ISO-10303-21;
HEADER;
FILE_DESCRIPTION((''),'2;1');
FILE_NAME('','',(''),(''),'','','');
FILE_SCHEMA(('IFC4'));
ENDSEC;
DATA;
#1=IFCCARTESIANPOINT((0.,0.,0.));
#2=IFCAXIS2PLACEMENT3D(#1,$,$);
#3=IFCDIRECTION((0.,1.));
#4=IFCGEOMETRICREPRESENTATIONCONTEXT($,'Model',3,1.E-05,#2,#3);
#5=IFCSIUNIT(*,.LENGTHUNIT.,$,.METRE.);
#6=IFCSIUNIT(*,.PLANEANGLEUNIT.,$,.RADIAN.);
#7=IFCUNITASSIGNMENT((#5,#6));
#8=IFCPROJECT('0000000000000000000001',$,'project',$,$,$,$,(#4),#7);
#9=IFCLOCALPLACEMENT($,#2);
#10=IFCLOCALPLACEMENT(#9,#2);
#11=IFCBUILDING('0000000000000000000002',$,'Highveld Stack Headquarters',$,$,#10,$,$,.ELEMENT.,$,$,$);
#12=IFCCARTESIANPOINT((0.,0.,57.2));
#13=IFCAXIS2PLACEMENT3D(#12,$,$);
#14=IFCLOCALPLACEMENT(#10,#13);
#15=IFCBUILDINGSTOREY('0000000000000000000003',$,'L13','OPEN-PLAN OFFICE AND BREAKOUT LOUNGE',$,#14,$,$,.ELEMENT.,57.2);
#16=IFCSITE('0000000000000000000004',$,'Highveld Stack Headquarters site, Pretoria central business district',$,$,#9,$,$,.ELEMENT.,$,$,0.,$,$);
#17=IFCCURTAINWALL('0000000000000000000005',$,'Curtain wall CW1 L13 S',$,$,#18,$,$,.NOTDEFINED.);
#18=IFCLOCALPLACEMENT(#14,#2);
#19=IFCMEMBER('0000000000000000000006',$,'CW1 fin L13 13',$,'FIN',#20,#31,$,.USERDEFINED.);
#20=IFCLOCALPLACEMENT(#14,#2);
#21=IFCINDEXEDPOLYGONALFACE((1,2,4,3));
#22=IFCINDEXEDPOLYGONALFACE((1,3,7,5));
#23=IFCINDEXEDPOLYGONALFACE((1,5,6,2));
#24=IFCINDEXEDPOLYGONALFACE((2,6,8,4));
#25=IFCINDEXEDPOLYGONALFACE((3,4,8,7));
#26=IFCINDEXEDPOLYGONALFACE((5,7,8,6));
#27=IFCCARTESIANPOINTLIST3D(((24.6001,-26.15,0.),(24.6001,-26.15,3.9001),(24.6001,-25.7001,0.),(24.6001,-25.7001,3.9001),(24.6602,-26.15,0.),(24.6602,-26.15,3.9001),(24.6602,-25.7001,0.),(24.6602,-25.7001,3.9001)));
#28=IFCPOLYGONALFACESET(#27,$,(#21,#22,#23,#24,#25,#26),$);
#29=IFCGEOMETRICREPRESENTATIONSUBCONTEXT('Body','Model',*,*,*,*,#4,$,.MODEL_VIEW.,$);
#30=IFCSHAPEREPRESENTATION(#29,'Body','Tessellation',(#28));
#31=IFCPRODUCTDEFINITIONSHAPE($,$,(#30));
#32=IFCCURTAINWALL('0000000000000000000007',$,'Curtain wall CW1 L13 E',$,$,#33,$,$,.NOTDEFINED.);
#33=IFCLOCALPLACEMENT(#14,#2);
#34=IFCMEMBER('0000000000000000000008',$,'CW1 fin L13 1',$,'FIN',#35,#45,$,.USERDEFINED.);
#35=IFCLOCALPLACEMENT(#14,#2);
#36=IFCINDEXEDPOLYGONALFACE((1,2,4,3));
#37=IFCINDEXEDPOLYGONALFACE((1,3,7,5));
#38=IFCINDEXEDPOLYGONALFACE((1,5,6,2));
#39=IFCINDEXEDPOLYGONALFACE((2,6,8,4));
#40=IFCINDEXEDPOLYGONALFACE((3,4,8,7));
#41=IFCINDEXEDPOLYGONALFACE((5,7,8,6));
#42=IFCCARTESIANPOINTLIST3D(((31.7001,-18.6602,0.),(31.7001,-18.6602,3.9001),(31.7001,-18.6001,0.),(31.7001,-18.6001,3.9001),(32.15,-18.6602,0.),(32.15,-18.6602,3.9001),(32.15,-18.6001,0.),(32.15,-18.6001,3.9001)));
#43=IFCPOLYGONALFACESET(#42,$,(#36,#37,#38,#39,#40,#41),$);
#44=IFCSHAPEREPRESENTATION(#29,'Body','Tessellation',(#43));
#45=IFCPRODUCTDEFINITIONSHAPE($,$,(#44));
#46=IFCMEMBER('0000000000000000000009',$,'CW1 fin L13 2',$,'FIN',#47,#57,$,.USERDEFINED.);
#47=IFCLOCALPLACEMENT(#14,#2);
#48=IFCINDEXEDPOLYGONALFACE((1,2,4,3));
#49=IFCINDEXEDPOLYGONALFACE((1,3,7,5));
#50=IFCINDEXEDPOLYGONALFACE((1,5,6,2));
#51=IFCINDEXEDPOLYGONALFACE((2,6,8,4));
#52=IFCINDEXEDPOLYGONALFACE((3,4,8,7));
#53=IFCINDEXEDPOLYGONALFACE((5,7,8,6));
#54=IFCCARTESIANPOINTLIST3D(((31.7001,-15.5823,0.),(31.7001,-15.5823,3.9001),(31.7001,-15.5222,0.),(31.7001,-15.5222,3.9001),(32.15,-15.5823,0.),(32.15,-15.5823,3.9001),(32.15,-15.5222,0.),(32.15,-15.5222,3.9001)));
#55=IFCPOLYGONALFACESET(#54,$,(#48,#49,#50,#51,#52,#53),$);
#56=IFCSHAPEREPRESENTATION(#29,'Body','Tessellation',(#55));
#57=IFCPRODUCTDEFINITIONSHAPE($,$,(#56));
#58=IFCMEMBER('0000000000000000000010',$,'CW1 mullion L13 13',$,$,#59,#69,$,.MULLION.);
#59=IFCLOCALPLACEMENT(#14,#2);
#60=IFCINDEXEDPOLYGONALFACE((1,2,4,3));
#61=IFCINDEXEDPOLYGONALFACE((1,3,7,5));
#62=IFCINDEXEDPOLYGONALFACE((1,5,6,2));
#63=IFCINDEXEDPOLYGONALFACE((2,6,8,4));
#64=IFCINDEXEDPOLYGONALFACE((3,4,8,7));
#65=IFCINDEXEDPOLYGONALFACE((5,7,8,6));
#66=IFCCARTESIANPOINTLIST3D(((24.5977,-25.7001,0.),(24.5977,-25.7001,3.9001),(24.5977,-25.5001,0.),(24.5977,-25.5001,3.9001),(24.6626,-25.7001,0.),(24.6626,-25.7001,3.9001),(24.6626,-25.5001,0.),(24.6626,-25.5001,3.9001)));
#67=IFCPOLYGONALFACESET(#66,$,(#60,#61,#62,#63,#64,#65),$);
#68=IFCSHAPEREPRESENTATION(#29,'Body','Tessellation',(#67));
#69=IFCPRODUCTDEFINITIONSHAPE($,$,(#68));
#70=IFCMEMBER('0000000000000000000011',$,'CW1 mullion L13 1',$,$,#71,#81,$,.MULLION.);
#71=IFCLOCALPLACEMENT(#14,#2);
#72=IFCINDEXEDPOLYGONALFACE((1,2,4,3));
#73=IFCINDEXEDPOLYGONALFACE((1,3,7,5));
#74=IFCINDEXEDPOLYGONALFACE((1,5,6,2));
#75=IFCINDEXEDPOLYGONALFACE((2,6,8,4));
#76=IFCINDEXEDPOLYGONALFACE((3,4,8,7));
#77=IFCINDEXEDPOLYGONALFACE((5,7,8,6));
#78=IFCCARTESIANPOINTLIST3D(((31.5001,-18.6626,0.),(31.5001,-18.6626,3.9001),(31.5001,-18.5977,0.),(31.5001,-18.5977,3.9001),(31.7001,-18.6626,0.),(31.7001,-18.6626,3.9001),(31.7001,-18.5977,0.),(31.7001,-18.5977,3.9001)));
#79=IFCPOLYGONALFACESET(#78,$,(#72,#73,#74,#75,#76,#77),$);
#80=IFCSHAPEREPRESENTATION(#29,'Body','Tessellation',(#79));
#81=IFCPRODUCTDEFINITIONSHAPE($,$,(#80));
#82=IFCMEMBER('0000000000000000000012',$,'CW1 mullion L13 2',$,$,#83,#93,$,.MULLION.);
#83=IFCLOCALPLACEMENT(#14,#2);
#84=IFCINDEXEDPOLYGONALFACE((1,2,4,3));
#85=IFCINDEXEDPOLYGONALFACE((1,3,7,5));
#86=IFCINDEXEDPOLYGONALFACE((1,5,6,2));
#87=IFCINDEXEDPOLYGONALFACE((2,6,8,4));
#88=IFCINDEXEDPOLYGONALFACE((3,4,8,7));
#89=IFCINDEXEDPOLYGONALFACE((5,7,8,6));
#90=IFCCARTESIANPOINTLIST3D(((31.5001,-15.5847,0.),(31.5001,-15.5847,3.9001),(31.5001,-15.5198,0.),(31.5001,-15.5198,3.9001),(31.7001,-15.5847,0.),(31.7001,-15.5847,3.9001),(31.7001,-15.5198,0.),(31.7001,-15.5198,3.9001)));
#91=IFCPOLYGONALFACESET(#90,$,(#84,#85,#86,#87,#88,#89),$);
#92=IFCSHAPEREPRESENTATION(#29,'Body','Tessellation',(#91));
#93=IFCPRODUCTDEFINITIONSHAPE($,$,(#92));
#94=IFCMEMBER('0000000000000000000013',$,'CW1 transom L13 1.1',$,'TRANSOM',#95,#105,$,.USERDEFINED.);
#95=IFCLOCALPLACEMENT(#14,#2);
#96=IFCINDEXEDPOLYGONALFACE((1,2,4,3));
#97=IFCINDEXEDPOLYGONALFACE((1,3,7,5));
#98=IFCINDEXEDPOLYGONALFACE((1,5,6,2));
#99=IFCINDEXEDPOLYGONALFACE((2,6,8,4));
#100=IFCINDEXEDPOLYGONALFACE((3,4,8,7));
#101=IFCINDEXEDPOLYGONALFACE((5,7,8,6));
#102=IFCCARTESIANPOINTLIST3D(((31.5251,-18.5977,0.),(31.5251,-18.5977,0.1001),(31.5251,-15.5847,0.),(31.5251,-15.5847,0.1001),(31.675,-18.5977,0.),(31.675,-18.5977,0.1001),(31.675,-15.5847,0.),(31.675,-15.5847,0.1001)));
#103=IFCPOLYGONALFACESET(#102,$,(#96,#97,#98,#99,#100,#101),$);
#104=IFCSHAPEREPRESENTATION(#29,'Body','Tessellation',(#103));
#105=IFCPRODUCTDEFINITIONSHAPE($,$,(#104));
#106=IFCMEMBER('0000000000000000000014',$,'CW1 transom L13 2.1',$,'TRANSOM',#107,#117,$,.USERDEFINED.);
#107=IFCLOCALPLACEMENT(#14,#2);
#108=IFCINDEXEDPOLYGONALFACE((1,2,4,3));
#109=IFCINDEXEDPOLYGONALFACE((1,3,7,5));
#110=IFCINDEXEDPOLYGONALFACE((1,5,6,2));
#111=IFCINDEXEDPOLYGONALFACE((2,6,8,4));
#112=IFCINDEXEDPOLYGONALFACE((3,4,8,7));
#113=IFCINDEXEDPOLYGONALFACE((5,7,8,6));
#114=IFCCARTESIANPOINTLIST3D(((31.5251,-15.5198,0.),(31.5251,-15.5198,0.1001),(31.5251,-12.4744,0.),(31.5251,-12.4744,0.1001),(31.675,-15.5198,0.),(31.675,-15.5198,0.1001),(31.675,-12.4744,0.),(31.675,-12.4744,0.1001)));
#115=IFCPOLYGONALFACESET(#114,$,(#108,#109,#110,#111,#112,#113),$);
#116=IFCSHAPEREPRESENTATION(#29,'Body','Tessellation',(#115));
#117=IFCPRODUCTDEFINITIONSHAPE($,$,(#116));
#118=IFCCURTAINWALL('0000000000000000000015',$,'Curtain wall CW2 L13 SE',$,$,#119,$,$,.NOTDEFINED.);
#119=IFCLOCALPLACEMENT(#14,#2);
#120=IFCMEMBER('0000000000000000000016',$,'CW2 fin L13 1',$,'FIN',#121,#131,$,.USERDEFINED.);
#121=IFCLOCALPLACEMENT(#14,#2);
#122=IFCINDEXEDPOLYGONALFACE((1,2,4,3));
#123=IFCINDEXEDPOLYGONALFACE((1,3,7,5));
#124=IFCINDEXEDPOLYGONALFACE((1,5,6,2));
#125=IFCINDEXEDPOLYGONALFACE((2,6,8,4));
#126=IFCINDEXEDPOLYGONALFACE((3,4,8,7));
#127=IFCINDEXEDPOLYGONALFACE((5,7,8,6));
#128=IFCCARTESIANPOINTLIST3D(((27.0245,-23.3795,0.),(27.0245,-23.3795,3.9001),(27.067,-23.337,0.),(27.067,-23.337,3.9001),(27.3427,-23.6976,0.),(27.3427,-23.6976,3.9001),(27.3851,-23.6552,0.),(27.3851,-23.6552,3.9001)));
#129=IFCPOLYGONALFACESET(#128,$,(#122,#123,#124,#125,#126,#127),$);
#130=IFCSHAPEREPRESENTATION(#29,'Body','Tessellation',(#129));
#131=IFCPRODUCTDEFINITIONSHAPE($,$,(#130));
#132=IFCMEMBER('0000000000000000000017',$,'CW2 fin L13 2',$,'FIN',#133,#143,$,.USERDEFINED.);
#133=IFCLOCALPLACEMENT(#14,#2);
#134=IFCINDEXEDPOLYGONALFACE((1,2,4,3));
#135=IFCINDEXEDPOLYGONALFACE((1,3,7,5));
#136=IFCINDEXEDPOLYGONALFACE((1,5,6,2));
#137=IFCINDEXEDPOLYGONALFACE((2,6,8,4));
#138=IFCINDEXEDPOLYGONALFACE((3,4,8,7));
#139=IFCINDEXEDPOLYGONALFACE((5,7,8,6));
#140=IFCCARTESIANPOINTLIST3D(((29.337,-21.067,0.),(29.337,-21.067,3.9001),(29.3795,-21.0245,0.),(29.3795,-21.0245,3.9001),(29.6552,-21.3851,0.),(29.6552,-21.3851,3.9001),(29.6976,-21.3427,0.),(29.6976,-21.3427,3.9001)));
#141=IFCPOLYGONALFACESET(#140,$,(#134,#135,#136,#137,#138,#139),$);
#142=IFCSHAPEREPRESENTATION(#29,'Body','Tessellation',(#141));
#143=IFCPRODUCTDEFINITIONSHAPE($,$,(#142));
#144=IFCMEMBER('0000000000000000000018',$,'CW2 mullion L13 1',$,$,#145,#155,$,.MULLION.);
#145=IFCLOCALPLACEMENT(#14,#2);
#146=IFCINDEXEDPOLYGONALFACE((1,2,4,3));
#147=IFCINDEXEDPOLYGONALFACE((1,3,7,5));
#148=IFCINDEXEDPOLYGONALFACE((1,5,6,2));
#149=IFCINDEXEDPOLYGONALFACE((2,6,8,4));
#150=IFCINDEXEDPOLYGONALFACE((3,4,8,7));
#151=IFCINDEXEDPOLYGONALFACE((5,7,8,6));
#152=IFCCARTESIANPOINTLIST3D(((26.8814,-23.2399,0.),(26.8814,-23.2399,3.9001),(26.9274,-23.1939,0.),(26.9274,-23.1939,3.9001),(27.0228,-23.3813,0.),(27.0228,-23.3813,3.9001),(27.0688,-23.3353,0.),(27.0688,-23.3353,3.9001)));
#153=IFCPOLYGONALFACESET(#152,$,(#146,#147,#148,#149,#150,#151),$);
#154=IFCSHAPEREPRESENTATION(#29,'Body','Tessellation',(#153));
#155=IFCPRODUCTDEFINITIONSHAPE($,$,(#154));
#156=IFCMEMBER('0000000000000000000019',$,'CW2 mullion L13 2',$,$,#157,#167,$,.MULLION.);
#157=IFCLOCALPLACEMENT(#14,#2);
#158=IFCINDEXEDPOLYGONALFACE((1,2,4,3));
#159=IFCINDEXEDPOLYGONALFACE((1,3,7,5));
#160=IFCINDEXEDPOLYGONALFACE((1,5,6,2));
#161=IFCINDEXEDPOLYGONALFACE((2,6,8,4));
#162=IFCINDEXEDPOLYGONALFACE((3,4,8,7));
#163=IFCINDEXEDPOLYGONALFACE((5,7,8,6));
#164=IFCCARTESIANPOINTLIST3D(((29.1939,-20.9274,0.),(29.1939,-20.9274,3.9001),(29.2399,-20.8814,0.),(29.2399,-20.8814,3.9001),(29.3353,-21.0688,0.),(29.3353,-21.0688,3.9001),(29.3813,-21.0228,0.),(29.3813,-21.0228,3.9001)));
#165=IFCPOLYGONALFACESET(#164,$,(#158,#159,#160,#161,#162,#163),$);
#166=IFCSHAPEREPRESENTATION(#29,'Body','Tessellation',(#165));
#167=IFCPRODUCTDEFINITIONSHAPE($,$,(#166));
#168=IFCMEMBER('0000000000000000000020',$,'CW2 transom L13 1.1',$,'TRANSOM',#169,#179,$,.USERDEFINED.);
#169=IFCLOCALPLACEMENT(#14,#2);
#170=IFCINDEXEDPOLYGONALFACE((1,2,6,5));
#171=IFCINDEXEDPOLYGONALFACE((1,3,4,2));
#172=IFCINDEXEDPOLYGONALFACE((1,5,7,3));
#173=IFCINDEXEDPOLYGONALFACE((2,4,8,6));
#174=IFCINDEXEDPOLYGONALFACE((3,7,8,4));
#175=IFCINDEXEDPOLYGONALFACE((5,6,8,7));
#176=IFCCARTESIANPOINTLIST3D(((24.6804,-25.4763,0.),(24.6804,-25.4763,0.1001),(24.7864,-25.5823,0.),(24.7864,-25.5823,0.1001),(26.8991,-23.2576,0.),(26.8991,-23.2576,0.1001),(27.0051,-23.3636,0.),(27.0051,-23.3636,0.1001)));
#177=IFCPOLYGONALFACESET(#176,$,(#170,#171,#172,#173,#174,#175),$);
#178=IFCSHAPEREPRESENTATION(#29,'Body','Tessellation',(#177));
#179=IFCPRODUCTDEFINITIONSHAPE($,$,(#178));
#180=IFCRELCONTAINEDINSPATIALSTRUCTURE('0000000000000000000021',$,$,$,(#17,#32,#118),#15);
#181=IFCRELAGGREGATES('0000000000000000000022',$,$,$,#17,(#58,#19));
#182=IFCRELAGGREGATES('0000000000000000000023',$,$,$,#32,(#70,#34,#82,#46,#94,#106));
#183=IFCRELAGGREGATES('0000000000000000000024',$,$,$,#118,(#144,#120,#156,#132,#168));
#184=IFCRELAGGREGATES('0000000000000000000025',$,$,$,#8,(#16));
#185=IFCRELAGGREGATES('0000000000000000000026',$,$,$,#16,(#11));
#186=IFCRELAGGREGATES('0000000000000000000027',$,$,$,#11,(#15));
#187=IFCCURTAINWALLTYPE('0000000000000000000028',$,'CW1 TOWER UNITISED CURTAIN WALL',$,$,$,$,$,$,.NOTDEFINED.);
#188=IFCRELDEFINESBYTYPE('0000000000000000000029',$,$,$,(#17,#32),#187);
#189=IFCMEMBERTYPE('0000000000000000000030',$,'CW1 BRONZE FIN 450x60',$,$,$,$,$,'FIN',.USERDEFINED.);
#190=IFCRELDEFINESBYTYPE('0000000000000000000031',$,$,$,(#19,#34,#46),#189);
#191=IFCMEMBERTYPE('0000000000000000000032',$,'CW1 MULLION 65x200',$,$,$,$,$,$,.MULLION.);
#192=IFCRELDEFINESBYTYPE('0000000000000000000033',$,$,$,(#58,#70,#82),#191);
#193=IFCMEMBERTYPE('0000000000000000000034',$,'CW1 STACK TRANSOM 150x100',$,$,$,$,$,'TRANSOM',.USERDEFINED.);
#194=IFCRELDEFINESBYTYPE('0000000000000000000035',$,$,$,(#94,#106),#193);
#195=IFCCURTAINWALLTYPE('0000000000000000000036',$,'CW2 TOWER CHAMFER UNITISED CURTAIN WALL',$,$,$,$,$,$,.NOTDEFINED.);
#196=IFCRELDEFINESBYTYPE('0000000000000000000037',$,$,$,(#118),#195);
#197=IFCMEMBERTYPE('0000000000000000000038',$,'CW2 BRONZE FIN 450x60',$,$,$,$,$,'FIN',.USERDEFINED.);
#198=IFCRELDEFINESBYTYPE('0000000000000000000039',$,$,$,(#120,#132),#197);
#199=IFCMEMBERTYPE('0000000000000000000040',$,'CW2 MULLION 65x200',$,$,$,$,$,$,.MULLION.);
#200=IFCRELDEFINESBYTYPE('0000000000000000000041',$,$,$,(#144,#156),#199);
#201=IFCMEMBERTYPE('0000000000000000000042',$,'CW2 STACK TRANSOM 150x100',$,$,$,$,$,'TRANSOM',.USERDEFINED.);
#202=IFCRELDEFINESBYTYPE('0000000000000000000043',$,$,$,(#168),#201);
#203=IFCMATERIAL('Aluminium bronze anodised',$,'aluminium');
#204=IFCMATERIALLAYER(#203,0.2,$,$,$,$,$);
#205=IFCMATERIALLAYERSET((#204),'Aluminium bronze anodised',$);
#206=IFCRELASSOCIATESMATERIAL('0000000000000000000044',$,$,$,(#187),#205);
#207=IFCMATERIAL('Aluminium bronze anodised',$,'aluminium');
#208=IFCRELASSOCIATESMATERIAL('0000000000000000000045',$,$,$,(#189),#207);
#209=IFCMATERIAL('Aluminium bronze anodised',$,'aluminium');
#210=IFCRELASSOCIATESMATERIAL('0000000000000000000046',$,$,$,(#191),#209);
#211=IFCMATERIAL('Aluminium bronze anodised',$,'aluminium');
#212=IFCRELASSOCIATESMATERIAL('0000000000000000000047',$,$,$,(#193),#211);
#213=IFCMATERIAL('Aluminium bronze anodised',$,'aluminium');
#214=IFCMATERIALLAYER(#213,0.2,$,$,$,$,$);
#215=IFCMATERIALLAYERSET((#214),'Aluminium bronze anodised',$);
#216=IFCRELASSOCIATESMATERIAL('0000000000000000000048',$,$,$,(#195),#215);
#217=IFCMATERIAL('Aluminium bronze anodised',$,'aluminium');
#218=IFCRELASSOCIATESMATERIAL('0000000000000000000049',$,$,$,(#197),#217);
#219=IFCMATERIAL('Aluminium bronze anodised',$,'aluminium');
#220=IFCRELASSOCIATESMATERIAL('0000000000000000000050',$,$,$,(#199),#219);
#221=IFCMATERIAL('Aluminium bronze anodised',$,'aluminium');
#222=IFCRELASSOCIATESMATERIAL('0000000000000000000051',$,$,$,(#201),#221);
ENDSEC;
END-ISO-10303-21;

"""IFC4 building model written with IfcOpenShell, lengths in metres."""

from ifc_helpers import new_model, si_unit, direction, frame, origin, origin_2d, place, context, subcontext, project, spatial, rectangle, extrude, material, layer, layer_set, material_profile, profile_set, type_object, element, aggregate, save


model = new_model("IFC4")

# Units and contexts
model_context = context("Model", 3, precision=1e-05, world=origin(), true_north=direction((0.0, 1.0)))
body_context = subcontext(model_context, "Body", "Model", "MODEL_VIEW")
ifc_project = project(units=[si_unit("LENGTHUNIT", "METRE"), si_unit("PLANEANGLEUNIT", "RADIAN")], contexts=[model_context])

# Site, building, storey
site_placement = place(None, origin())
site = spatial("IfcSite", under=ifc_project, at=site_placement, Name="Highveld Stack Headquarters site, Pretoria central business district", CompositionType="ELEMENT", RefElevation=0.0)
building_placement = place(site_placement, origin())
building = spatial("IfcBuilding", under=site, at=building_placement, Name="Highveld Stack Headquarters", CompositionType="ELEMENT")
storey_placement = place(building_placement, frame((0.0, 0.0, 57.2)))
storey = spatial("IfcBuildingStorey", under=building, at=storey_placement, Name="L13", Description="OPEN-PLAN OFFICE AND BREAKOUT LOUNGE", CompositionType="ELEMENT", Elevation=57.2)

# Curtain wall, member
ifc_material_1 = material(Name="Aluminium bronze anodised", Category="aluminium")
ifc_layer_1 = layer(ifc_material_1, 0.2)
ifc_layer_set_1 = layer_set([ifc_layer_1], Name="Aluminium bronze anodised")
curtain_wall_type_1 = type_object("IfcCurtainWallType", Name="CW1 TOWER UNITISED CURTAIN WALL", PredefinedType="NOTDEFINED", material=ifc_layer_set_1)
curtain_wall_1_placement = place(storey_placement, origin())
curtain_wall_1 = element("IfcCurtainWall", 1, at=curtain_wall_1_placement, inside=storey, type_object=curtain_wall_type_1, Name="Curtain wall CW1 L13 S", PredefinedType="NOTDEFINED")
ifc_material_2 = material(Name="Aluminium bronze anodised", Category="aluminium")
ifc_material_profile_1 = material_profile(ifc_material_2, rectangle(XDim=0.45, YDim=0.0601, at=origin_2d()), Name="FIN 450x60")
ifc_profile_set_1 = profile_set([ifc_material_profile_1], Name="Aluminium bronze anodised")
member_type_1 = type_object("IfcMemberType", Name="CW1 BRONZE FIN 450x60", ElementType="FIN", PredefinedType="USERDEFINED", material=ifc_profile_set_1)
member_1_placement = place(storey_placement, frame((24.6301, -25.925, 0.0), z_axis=(0.0, 0.0, 1.0), x_axis=(0.0, 1.0, 0.0)))
member_1 = element("IfcMember", 2, at=member_1_placement, type_object=member_type_1, Name="CW1 fin L13 13", ObjectType="FIN", PredefinedType="USERDEFINED", context=body_context, shape_type="SweptSolid", body=[
    extrude(rectangle(XDim=0.45, YDim=0.0601, at=origin_2d()), origin(), (0.0, 0.0, 1.0), 3.9001),
])

# Curtain wall, members
curtain_wall_2_placement = place(storey_placement, origin())
curtain_wall_2 = element("IfcCurtainWall", 3, at=curtain_wall_2_placement, inside=storey, type_object=curtain_wall_type_1, Name="Curtain wall CW1 L13 E", PredefinedType="NOTDEFINED")
member_2_placement = place(storey_placement, frame((31.925, -18.6301, 0.0), z_axis=(0.0, 0.0, 1.0), x_axis=(-1.0, 0.0, 0.0)))
member_2 = element("IfcMember", 4, at=member_2_placement, type_object=member_type_1, Name="CW1 fin L13 1", ObjectType="FIN", PredefinedType="USERDEFINED", context=body_context, shape_type="SweptSolid", body=[
    extrude(rectangle(XDim=0.45, YDim=0.0601, at=origin_2d()), origin(), (0.0, 0.0, 1.0), 3.9001),
])
member_3_placement = place(storey_placement, frame((31.925, -15.5522, 0.0), z_axis=(0.0, 0.0, 1.0), x_axis=(-1.0, 0.0, 0.0)))
member_3 = element("IfcMember", 5, at=member_3_placement, type_object=member_type_1, Name="CW1 fin L13 2", ObjectType="FIN", PredefinedType="USERDEFINED", context=body_context, shape_type="SweptSolid", body=[
    extrude(rectangle(XDim=0.45, YDim=0.0601, at=origin_2d()), origin(), (0.0, 0.0, 1.0), 3.9001),
])

# Members
ifc_material_3 = material(Name="Aluminium bronze anodised", Category="aluminium")
ifc_material_profile_2 = material_profile(ifc_material_3, rectangle(XDim=0.2, YDim=0.0649, at=origin_2d()), Name="CW1 MULLION 65x200")
ifc_profile_set_2 = profile_set([ifc_material_profile_2], Name="Aluminium bronze anodised")
member_type_2 = type_object("IfcMemberType", Name="CW1 MULLION 65x200", PredefinedType="MULLION", material=ifc_profile_set_2)
member_4_placement = place(storey_placement, frame((24.6301, -25.6001, 0.0), z_axis=(0.0, 0.0, 1.0), x_axis=(0.0, 1.0, 0.0)))
member_4 = element("IfcMember", 6, at=member_4_placement, type_object=member_type_2, Name="CW1 mullion L13 13", PredefinedType="MULLION", context=body_context, shape_type="SweptSolid", body=[
    extrude(rectangle(XDim=0.2, YDim=0.0649, at=origin_2d()), origin(), (0.0, 0.0, 1.0), 3.9001),
])
aggregate(curtain_wall_1, [member_4, member_1])
member_5_placement = place(storey_placement, frame((31.6001, -18.6301, 0.0), z_axis=(0.0, 0.0, 1.0), x_axis=(-1.0, 0.0, 0.0)))
member_5 = element("IfcMember", 7, at=member_5_placement, type_object=member_type_2, Name="CW1 mullion L13 1", PredefinedType="MULLION", context=body_context, shape_type="SweptSolid", body=[
    extrude(rectangle(XDim=0.2, YDim=0.0649, at=origin_2d()), origin(), (0.0, 0.0, 1.0), 3.9001),
])
member_6_placement = place(storey_placement, frame((31.6001, -15.5522, 0.0), z_axis=(0.0, 0.0, 1.0), x_axis=(-1.0, 0.0, 0.0)))
member_6 = element("IfcMember", 8, at=member_6_placement, type_object=member_type_2, Name="CW1 mullion L13 2", PredefinedType="MULLION", context=body_context, shape_type="SweptSolid", body=[
    extrude(rectangle(XDim=0.2, YDim=0.0649, at=origin_2d()), origin(), (0.0, 0.0, 1.0), 3.9001),
])
ifc_material_4 = material(Name="Aluminium bronze anodised", Category="aluminium")
ifc_material_profile_3 = material_profile(ifc_material_4, rectangle(XDim=0.1499, YDim=0.1001, at=origin_2d()), Name="CW1 TRANSOM 150x100")
ifc_profile_set_3 = profile_set([ifc_material_profile_3], Name="Aluminium bronze anodised")
member_type_3 = type_object("IfcMemberType", Name="CW1 STACK TRANSOM 150x100", ElementType="TRANSOM", PredefinedType="USERDEFINED", material=ifc_profile_set_3)
member_7_placement = place(storey_placement, frame((31.6001, -18.5977, 0.05), z_axis=(0.0, 1.0, 0.0), x_axis=(-1.0, 0.0, 0.0)))
member_7 = element("IfcMember", 9, at=member_7_placement, type_object=member_type_3, Name="CW1 transom L13 1.1", ObjectType="TRANSOM", PredefinedType="USERDEFINED", context=body_context, shape_type="SweptSolid", body=[
    extrude(rectangle(XDim=0.1499, YDim=0.1001, at=origin_2d()), origin(), (0.0, 0.0, 1.0), 3.0129),
])
member_8_placement = place(storey_placement, frame((31.6001, -15.5198, 0.05), z_axis=(0.0, 1.0, 0.0), x_axis=(-1.0, 0.0, 0.0)))
member_8 = element("IfcMember", 10, at=member_8_placement, type_object=member_type_3, Name="CW1 transom L13 2.1", ObjectType="TRANSOM", PredefinedType="USERDEFINED", context=body_context, shape_type="SweptSolid", body=[
    extrude(rectangle(XDim=0.1499, YDim=0.1001, at=origin_2d()), origin(), (0.0, 0.0, 1.0), 3.0454),
])

# Curtain wall, members
ifc_material_5 = material(Name="Aluminium bronze anodised", Category="aluminium")
ifc_layer_2 = layer(ifc_material_5, 0.2)
ifc_layer_set_2 = layer_set([ifc_layer_2], Name="Aluminium bronze anodised")
curtain_wall_type_2 = type_object("IfcCurtainWallType", Name="CW2 TOWER CHAMFER UNITISED CURTAIN WALL", PredefinedType="NOTDEFINED", material=ifc_layer_set_2)
curtain_wall_3_placement = place(storey_placement, origin())
curtain_wall_3 = element("IfcCurtainWall", 11, at=curtain_wall_3_placement, inside=storey, type_object=curtain_wall_type_2, Name="Curtain wall CW2 L13 SE", PredefinedType="NOTDEFINED")
ifc_material_6 = material(Name="Aluminium bronze anodised", Category="aluminium")
ifc_material_profile_4 = material_profile(ifc_material_6, rectangle(XDim=0.45, YDim=0.0601, at=origin_2d()), Name="FIN 450x60")
ifc_profile_set_4 = profile_set([ifc_material_profile_4], Name="Aluminium bronze anodised")
member_type_4 = type_object("IfcMemberType", Name="CW2 BRONZE FIN 450x60", ElementType="FIN", PredefinedType="USERDEFINED", material=ifc_profile_set_4)
member_9_placement = place(storey_placement, frame((27.2048, -23.5173, 0.0), z_axis=(0.0, 0.0, 1.0), x_axis=(-0.707107, 0.707107, 0.0)))
member_9 = element("IfcMember", 12, at=member_9_placement, type_object=member_type_4, Name="CW2 fin L13 1", ObjectType="FIN", PredefinedType="USERDEFINED", context=body_context, shape_type="SweptSolid", body=[
    extrude(rectangle(XDim=0.45, YDim=0.0601, at=origin_2d()), origin(), (0.0, 0.0, 1.0), 3.9001),
])
member_10_placement = place(storey_placement, frame((29.5173, -21.2048, 0.0), z_axis=(0.0, 0.0, 1.0), x_axis=(-0.707107, 0.707107, 0.0)))
member_10 = element("IfcMember", 13, at=member_10_placement, type_object=member_type_4, Name="CW2 fin L13 2", ObjectType="FIN", PredefinedType="USERDEFINED", context=body_context, shape_type="SweptSolid", body=[
    extrude(rectangle(XDim=0.45, YDim=0.0601, at=origin_2d()), origin(), (0.0, 0.0, 1.0), 3.9001),
])
ifc_material_7 = material(Name="Aluminium bronze anodised", Category="aluminium")
ifc_material_profile_5 = material_profile(ifc_material_7, rectangle(XDim=0.2, YDim=0.0649, at=origin_2d()), Name="CW2 MULLION 65x200")
ifc_profile_set_5 = profile_set([ifc_material_profile_5], Name="Aluminium bronze anodised")
member_type_5 = type_object("IfcMemberType", Name="CW2 MULLION 65x200", PredefinedType="MULLION", material=ifc_profile_set_5)
member_11_placement = place(storey_placement, frame((26.9751, -23.2876, 0.0), z_axis=(0.0, 0.0, 1.0), x_axis=(-0.707107, 0.707107, 0.0)))
member_11 = element("IfcMember", 14, at=member_11_placement, type_object=member_type_5, Name="CW2 mullion L13 1", PredefinedType="MULLION", context=body_context, shape_type="SweptSolid", body=[
    extrude(rectangle(XDim=0.2, YDim=0.0649, at=origin_2d()), origin(), (0.0, 0.0, 1.0), 3.9001),
])
member_12_placement = place(storey_placement, frame((29.2876, -20.9751, 0.0), z_axis=(0.0, 0.0, 1.0), x_axis=(-0.707107, 0.707107, 0.0)))
member_12 = element("IfcMember", 15, at=member_12_placement, type_object=member_type_5, Name="CW2 mullion L13 2", PredefinedType="MULLION", context=body_context, shape_type="SweptSolid", body=[
    extrude(rectangle(XDim=0.2, YDim=0.0649, at=origin_2d()), origin(), (0.0, 0.0, 1.0), 3.9001),
])
ifc_material_8 = material(Name="Aluminium bronze anodised", Category="aluminium")
ifc_material_profile_6 = material_profile(ifc_material_8, rectangle(XDim=0.1499, YDim=0.1001, at=origin_2d()), Name="CW2 TRANSOM 150x100")
ifc_profile_set_6 = profile_set([ifc_material_profile_6], Name="Aluminium bronze anodised")
member_type_6 = type_object("IfcMemberType", Name="CW2 STACK TRANSOM 150x100", ElementType="TRANSOM", PredefinedType="USERDEFINED", material=ifc_profile_set_6)
member_13_placement = place(storey_placement, frame((24.7334, -25.5293, 0.05), z_axis=(0.707107, 0.707107, 0.0), x_axis=(-0.707107, 0.707107, 0.0)))
member_13 = element("IfcMember", 16, at=member_13_placement, type_object=member_type_6, Name="CW2 transom L13 1.1", ObjectType="TRANSOM", PredefinedType="USERDEFINED", context=body_context, shape_type="SweptSolid", body=[
    extrude(rectangle(XDim=0.1499, YDim=0.1001, at=origin_2d()), origin(), (0.0, 0.0, 1.0), 3.1377),
])

aggregate(curtain_wall_2, [member_5, member_2, member_6, member_3, member_7, member_8])
aggregate(curtain_wall_3, [member_11, member_9, member_12, member_10, member_13])

save(model, "model.ifc")
